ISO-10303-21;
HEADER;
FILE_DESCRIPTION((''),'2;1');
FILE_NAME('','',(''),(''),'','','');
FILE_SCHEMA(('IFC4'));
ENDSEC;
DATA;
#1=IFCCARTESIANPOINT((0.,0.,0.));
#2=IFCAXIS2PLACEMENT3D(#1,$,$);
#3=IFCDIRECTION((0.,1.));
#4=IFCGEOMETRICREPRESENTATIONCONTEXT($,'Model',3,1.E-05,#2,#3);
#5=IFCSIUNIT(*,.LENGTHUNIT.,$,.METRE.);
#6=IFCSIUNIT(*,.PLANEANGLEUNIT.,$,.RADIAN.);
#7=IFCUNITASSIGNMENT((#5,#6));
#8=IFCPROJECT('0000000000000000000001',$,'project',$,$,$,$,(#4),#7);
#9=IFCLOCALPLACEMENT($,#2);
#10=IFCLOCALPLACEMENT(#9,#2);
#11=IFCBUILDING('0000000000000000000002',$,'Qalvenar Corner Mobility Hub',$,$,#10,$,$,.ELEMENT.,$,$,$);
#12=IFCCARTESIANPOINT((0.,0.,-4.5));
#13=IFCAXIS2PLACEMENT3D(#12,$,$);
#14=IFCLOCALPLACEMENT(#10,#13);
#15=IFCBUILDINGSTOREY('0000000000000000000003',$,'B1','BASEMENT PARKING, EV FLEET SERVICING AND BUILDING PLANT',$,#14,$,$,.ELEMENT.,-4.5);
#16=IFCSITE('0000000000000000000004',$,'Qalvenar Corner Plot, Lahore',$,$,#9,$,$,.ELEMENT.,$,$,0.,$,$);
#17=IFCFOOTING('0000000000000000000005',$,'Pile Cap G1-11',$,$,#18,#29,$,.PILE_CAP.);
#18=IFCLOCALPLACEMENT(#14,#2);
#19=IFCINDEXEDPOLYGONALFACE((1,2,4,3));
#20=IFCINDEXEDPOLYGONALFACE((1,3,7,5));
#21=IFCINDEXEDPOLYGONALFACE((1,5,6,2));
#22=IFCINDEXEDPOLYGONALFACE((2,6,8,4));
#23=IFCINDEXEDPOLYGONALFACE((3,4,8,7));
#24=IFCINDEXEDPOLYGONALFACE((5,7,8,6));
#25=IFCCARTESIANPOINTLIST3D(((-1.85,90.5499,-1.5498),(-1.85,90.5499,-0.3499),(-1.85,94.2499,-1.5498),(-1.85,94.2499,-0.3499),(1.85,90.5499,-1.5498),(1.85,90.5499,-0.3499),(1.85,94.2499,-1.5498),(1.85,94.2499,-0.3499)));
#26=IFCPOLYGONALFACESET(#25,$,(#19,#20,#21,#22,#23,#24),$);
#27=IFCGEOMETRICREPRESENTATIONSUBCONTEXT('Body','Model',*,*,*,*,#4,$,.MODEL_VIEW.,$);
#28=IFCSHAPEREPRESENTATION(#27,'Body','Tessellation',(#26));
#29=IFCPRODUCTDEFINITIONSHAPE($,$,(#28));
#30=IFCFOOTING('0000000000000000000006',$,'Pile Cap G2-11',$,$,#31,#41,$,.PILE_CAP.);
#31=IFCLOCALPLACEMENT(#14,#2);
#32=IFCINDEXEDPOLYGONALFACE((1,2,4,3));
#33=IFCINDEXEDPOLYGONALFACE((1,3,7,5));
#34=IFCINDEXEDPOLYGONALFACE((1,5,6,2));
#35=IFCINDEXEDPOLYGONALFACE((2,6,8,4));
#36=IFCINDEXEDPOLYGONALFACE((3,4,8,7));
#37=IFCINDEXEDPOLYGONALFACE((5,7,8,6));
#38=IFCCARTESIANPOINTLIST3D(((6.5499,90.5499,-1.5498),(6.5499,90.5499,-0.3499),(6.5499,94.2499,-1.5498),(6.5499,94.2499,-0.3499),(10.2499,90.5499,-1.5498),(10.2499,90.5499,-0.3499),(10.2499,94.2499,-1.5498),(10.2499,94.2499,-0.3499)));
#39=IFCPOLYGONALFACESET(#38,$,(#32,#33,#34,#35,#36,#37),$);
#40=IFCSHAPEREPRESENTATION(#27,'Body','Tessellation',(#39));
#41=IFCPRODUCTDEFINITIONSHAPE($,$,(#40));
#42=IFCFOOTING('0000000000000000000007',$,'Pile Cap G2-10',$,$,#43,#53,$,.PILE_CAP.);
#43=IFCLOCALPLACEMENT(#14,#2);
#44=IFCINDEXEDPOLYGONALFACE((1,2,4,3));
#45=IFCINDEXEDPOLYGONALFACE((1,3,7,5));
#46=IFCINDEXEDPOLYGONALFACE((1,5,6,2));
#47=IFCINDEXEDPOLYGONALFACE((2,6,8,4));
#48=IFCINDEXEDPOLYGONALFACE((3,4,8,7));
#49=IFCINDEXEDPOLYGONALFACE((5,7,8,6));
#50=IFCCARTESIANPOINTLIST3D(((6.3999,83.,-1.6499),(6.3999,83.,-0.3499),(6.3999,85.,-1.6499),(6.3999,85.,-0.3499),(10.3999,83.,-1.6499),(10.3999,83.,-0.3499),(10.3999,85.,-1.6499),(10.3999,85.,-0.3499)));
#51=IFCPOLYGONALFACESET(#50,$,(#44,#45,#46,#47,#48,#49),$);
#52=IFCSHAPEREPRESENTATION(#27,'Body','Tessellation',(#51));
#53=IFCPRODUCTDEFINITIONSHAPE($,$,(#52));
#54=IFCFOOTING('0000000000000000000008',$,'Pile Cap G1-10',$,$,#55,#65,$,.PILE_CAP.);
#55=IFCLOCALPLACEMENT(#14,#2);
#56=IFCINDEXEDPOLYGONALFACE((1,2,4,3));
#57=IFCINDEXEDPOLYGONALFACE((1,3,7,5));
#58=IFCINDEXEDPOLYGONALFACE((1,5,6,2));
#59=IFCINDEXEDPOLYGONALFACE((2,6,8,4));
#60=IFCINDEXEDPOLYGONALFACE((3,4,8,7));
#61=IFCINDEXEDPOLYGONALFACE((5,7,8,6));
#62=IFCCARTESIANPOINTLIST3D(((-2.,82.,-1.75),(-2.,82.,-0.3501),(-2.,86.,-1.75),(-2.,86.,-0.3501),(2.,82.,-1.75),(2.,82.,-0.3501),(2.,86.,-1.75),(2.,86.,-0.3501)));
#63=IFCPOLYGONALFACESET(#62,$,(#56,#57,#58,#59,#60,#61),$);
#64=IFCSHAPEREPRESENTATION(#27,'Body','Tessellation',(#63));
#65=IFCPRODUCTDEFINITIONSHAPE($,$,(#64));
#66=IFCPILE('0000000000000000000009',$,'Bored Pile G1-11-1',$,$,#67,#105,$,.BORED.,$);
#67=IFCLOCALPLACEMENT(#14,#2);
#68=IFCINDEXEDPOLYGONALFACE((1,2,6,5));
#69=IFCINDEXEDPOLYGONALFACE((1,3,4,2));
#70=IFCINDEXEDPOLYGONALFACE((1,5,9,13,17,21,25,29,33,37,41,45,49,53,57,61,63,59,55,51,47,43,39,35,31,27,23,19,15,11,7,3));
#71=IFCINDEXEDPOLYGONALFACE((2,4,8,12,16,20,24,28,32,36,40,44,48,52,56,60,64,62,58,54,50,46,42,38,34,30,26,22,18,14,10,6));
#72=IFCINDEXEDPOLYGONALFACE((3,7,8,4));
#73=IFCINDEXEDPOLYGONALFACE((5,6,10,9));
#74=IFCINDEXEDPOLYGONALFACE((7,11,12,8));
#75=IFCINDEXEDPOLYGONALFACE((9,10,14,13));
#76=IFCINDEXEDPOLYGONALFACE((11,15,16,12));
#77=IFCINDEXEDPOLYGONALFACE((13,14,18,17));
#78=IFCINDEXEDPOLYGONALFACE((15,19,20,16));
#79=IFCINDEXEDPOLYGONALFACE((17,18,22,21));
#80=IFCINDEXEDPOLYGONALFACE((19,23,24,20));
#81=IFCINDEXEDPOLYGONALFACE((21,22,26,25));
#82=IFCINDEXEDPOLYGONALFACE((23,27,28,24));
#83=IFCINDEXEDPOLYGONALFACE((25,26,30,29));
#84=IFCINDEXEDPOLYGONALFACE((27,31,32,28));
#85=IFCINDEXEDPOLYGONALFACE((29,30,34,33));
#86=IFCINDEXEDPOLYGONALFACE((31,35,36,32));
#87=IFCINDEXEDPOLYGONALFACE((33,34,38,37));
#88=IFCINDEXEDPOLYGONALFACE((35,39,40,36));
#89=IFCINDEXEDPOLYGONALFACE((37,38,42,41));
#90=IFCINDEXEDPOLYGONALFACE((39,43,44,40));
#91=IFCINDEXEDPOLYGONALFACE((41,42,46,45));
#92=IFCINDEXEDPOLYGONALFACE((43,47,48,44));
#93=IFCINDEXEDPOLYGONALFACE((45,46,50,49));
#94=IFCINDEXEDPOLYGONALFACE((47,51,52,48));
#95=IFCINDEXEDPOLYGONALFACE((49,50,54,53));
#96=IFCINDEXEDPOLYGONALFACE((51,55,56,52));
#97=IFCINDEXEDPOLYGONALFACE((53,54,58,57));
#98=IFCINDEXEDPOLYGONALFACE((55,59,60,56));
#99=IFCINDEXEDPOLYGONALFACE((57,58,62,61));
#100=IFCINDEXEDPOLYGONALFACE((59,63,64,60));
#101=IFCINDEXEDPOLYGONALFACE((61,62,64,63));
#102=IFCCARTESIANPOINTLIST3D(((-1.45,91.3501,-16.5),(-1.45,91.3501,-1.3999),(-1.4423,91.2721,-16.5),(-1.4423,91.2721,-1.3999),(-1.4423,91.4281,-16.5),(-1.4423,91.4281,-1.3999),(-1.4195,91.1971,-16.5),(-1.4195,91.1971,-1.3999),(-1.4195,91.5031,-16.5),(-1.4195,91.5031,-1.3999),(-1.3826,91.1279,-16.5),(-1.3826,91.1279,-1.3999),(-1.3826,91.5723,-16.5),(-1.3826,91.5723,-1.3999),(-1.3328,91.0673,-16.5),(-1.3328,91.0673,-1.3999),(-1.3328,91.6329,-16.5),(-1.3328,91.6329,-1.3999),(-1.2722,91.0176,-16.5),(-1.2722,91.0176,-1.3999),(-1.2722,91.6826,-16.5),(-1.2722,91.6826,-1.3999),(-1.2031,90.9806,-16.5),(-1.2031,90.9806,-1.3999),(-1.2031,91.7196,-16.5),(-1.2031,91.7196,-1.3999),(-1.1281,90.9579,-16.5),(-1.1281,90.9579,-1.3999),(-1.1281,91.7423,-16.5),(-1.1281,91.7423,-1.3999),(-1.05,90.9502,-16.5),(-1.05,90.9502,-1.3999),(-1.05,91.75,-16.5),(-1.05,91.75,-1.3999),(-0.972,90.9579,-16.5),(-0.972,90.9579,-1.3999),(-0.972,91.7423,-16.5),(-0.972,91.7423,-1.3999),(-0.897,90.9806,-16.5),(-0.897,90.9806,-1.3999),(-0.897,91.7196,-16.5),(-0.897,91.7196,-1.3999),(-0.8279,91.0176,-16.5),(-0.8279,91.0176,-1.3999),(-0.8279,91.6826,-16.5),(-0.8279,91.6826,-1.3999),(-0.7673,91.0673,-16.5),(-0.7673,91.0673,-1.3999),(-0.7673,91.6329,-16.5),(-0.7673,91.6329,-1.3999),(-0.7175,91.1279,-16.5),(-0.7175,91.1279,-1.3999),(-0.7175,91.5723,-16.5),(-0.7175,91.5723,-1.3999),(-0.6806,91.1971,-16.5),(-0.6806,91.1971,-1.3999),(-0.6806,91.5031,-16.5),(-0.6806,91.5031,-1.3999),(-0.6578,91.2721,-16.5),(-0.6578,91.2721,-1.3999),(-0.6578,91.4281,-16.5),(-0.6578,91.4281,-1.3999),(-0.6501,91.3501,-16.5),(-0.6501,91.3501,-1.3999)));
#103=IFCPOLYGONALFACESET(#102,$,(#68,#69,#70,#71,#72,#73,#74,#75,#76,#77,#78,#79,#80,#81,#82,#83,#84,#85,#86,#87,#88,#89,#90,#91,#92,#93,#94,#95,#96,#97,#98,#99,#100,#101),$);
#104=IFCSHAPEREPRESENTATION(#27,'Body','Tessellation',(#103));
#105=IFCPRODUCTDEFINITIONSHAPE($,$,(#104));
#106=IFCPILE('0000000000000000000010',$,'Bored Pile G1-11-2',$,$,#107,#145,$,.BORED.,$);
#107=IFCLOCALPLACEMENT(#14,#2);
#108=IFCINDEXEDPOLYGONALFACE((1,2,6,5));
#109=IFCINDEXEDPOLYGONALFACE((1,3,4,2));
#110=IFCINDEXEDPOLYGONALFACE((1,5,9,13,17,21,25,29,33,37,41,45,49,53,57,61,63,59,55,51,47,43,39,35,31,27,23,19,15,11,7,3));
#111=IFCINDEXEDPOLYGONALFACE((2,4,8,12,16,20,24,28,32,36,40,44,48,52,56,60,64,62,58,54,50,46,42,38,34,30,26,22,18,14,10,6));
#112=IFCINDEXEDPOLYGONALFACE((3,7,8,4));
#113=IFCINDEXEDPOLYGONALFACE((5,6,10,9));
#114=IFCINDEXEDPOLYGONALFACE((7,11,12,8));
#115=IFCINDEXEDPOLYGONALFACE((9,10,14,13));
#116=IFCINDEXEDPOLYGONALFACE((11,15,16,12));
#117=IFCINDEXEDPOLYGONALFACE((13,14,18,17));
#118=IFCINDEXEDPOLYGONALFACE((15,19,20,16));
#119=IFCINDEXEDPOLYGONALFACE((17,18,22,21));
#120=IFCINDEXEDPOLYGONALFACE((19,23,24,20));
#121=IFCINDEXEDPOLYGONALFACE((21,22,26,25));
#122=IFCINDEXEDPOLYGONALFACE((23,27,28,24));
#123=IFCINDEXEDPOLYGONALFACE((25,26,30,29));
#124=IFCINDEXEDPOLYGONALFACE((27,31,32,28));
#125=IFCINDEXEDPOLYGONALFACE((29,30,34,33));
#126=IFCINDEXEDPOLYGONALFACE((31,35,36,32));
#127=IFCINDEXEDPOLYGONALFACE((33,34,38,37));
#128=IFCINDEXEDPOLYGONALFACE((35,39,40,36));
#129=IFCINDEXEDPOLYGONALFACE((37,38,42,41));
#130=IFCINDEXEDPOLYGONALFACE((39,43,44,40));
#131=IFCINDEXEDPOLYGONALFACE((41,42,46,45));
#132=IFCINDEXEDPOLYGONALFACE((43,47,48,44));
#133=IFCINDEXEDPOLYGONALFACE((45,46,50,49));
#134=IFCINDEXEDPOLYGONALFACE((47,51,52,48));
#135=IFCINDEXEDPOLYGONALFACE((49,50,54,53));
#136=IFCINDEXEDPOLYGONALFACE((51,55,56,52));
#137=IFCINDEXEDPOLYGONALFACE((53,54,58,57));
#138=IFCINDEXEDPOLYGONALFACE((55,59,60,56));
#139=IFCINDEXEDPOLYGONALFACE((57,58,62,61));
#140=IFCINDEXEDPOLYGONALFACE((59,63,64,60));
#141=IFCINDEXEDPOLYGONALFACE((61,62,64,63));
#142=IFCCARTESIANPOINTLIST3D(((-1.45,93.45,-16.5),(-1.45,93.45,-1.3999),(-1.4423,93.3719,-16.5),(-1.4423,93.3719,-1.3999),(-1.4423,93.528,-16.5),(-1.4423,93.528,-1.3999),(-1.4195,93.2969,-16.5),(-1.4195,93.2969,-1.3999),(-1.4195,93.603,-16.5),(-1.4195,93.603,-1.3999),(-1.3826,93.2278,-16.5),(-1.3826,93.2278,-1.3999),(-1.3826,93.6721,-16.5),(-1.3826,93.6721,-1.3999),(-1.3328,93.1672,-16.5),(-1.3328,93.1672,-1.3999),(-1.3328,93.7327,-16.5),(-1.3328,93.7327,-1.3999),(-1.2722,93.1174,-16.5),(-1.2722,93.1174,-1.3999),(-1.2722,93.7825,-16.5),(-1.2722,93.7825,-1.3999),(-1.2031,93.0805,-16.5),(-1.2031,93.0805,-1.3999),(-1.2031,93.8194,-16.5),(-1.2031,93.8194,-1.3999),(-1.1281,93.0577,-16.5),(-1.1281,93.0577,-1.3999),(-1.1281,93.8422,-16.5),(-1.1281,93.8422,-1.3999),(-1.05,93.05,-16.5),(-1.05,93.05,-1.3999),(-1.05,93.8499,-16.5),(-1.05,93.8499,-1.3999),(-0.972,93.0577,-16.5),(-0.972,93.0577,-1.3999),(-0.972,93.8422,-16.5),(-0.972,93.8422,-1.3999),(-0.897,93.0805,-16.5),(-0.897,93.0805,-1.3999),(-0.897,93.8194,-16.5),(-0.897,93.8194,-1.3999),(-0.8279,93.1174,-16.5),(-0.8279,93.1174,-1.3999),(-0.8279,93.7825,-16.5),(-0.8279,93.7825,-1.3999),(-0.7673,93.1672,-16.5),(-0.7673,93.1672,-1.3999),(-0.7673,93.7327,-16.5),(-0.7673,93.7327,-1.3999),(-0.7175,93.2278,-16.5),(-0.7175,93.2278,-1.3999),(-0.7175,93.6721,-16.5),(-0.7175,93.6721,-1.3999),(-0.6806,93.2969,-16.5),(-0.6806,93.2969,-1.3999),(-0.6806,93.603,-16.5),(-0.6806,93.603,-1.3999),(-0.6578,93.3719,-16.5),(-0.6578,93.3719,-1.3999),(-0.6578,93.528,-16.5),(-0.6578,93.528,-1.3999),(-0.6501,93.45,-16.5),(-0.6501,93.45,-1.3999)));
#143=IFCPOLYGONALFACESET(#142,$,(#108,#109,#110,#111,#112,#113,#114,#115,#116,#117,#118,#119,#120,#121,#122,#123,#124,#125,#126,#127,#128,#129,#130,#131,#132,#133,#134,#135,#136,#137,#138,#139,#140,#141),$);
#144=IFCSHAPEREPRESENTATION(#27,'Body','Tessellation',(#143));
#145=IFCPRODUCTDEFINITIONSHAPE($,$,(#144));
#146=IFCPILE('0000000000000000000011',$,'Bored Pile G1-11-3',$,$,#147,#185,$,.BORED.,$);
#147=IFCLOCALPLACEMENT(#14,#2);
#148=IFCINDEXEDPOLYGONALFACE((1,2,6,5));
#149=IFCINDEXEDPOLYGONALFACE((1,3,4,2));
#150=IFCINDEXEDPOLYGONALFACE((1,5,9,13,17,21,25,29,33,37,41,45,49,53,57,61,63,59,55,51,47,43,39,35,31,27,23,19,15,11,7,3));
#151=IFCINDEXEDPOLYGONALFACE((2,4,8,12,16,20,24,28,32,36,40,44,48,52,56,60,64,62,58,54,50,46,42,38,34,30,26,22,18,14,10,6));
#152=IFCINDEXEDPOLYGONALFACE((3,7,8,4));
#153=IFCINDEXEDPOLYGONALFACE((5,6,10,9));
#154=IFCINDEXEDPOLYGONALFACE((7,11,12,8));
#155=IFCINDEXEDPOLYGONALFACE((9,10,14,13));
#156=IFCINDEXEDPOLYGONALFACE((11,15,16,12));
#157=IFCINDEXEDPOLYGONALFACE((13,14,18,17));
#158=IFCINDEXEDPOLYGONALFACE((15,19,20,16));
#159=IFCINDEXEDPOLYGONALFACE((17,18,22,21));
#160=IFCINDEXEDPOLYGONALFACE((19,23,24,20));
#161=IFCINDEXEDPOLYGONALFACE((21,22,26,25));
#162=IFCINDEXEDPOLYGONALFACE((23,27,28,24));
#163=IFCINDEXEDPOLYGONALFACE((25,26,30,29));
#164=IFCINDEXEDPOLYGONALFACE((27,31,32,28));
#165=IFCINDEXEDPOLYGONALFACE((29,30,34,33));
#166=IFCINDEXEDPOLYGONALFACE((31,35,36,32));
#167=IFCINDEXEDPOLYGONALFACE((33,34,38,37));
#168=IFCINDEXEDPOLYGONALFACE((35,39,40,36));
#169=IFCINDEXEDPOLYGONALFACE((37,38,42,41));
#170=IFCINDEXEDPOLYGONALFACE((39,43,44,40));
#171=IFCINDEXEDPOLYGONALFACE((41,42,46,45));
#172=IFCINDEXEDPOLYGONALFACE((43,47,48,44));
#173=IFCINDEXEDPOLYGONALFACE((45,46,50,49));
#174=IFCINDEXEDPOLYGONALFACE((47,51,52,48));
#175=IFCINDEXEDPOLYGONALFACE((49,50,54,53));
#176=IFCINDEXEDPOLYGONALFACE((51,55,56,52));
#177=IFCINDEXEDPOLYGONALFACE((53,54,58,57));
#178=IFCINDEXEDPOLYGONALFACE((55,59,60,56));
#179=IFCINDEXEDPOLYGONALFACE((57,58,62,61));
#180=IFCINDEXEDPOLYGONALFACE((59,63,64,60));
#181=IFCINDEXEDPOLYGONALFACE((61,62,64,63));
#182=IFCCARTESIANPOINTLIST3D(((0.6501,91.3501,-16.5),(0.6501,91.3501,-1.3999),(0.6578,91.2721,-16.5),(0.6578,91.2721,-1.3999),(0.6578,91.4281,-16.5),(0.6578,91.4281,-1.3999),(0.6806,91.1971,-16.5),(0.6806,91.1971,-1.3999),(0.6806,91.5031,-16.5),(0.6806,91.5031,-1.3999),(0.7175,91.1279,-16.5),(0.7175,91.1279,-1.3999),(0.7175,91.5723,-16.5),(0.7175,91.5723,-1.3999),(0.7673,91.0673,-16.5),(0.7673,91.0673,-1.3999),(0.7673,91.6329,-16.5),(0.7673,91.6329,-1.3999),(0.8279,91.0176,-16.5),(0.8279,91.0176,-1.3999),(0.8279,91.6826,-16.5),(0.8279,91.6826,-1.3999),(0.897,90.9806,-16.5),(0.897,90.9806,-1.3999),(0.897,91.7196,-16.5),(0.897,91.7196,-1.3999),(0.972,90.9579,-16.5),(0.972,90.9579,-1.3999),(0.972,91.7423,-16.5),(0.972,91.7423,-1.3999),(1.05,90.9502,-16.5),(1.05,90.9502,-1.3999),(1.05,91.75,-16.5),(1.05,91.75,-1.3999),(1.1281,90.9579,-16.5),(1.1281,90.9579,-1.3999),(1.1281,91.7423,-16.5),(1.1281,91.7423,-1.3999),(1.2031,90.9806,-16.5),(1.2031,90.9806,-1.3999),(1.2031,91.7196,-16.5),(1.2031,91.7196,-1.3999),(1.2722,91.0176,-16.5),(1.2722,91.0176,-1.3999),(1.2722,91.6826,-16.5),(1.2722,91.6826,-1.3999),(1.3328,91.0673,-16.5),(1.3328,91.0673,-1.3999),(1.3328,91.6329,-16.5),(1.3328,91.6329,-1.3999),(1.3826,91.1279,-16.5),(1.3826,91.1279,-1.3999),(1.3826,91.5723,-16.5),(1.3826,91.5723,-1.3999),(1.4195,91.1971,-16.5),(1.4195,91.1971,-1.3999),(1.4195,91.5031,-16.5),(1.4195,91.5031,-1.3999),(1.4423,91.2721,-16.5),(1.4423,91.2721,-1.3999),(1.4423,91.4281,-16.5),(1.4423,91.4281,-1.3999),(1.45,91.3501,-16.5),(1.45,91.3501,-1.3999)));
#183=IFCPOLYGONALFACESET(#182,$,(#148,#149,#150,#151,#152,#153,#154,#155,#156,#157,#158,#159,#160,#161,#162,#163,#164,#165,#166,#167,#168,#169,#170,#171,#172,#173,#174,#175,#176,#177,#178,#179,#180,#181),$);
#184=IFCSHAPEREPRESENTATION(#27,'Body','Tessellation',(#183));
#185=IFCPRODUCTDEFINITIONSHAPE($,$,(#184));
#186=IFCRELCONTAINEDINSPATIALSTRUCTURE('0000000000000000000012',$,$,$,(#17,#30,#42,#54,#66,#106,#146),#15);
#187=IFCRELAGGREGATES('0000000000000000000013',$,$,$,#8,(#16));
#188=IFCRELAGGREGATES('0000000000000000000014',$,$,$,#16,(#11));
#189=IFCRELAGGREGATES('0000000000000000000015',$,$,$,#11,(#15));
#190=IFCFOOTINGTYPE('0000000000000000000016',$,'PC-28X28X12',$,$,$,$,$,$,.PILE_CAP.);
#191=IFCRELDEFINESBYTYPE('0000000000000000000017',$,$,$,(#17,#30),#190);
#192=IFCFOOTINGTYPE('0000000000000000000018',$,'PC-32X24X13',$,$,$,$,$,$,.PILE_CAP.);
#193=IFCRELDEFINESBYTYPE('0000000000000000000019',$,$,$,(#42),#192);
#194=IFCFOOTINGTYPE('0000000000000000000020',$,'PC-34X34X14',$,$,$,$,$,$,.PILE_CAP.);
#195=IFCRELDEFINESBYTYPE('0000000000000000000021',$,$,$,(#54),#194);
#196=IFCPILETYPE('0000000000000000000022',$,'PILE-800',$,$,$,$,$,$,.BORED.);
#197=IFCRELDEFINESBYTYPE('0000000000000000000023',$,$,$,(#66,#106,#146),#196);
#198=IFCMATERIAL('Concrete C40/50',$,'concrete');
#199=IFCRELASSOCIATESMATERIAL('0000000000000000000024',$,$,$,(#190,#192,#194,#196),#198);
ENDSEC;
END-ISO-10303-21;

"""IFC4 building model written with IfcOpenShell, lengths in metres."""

from ifc_helpers import new_model, si_unit, direction, frame, origin, origin_2d, place, context, subcontext, project, spatial, rectangle, circle, extrude, material, material_profile, profile_set, type_object, element, save


model = new_model("IFC4")

# Units and contexts
model_context = context("Model", 3, precision=1e-05, world=origin(), true_north=direction((0.0, 1.0)))
body_context = subcontext(model_context, "Body", "Model", "MODEL_VIEW")
ifc_project = project(units=[si_unit("LENGTHUNIT", "METRE"), si_unit("PLANEANGLEUNIT", "RADIAN")], contexts=[model_context])

# Site, building, storey
site_placement = place(None, origin())
site = spatial("IfcSite", under=ifc_project, at=site_placement, Name="Qalvenar Corner Plot, Lahore", CompositionType="ELEMENT", RefElevation=0.0)
building_placement = place(site_placement, origin())
building = spatial("IfcBuilding", under=site, at=building_placement, Name="Qalvenar Corner Mobility Hub", CompositionType="ELEMENT")
storey_placement = place(building_placement, frame((0.0, 0.0, -4.5)))
storey = spatial("IfcBuildingStorey", under=building, at=storey_placement, Name="B1", Description="BASEMENT PARKING, EV FLEET SERVICING AND BUILDING PLANT", CompositionType="ELEMENT", Elevation=-4.5)

# Footings
ifc_material_1 = material(Name="Concrete C40/50", Category="concrete")
footing_type_1 = type_object("IfcFootingType", Name="PC-28X28X12", PredefinedType="PILE_CAP", material=ifc_material_1)
for number, where, z_axis, x_axis, name in (
    (1, (0.0, 92.3999, -1.5498), (0.0, 0.0, 1.0), (1.0, 0.0, 0.0), "Pile Cap G1-11"),
    (2, (8.3999, 92.3999, -1.5498), (0.0, 0.0, 1.0), (1.0, 0.0, 0.0), "Pile Cap G2-11"),
):
    element("IfcFooting", number, at=place(storey_placement, frame(where, z_axis=z_axis, x_axis=x_axis)), inside=storey, type_object=footing_type_1, Name=name, PredefinedType="PILE_CAP", context=body_context, shape_type="SweptSolid", body=[
        extrude(rectangle(XDim=3.7, YDim=3.7, at=origin_2d()), origin(), (0.0, 0.0, 1.0), 1.2),
    ])
footing_type_2 = type_object("IfcFootingType", Name="PC-32X24X13", PredefinedType="PILE_CAP", material=ifc_material_1)
footing_1_placement = place(storey_placement, frame((8.3999, 84.0, -1.6499), z_axis=(0.0, 0.0, 1.0), x_axis=(1.0, 0.0, 0.0)))
element("IfcFooting", 3, at=footing_1_placement, inside=storey, type_object=footing_type_2, Name="Pile Cap G2-10", PredefinedType="PILE_CAP", context=body_context, shape_type="SweptSolid", body=[
    extrude(rectangle(XDim=4.0, YDim=2.0, at=origin_2d()), origin(), (0.0, 0.0, 1.0), 1.3),
])
footing_type_3 = type_object("IfcFootingType", Name="PC-34X34X14", PredefinedType="PILE_CAP", material=ifc_material_1)
footing_2_placement = place(storey_placement, frame((0.0, 84.0, -1.75), z_axis=(0.0, 0.0, 1.0), x_axis=(1.0, 0.0, 0.0)))
element("IfcFooting", 4, at=footing_2_placement, inside=storey, type_object=footing_type_3, Name="Pile Cap G1-10", PredefinedType="PILE_CAP", context=body_context, shape_type="SweptSolid", body=[
    extrude(rectangle(XDim=4.0, YDim=4.0, at=origin_2d()), origin(), (0.0, 0.0, 1.0), 1.3999),
])

# Piles
ifc_material_profile_1 = material_profile(ifc_material_1, circle(Radius=0.3999, at=origin_2d()), Name="DIA800")
ifc_profile_set_1 = profile_set([ifc_material_profile_1], Name="Concrete C40/50")
pile_type_1 = type_object("IfcPileType", Name="PILE-800", PredefinedType="BORED", material=ifc_profile_set_1)
for number, where, z_axis, x_axis, name in (
    (5, (-1.05, 91.3501, -1.3999), (0.0, 0.0, -1.0), (1.0, 0.0, 0.0), "Bored Pile G1-11-1"),
    (6, (-1.05, 93.45, -1.3999), (0.0, 0.0, -1.0), (1.0, 0.0, 0.0), "Bored Pile G1-11-2"),
    (7, (1.05, 91.3501, -1.3999), (0.0, 0.0, -1.0), (1.0, 0.0, 0.0), "Bored Pile G1-11-3"),
):
    element("IfcPile", number, at=place(storey_placement, frame(where, z_axis=z_axis, x_axis=x_axis)), inside=storey, type_object=pile_type_1, Name=name, PredefinedType="BORED", context=body_context, shape_type="SweptSolid", body=[
        extrude(circle(Radius=0.3999, at=origin_2d()), origin(), (0.0, 0.0, 1.0), 15.1001),
    ])

save(model, "model.ifc")
